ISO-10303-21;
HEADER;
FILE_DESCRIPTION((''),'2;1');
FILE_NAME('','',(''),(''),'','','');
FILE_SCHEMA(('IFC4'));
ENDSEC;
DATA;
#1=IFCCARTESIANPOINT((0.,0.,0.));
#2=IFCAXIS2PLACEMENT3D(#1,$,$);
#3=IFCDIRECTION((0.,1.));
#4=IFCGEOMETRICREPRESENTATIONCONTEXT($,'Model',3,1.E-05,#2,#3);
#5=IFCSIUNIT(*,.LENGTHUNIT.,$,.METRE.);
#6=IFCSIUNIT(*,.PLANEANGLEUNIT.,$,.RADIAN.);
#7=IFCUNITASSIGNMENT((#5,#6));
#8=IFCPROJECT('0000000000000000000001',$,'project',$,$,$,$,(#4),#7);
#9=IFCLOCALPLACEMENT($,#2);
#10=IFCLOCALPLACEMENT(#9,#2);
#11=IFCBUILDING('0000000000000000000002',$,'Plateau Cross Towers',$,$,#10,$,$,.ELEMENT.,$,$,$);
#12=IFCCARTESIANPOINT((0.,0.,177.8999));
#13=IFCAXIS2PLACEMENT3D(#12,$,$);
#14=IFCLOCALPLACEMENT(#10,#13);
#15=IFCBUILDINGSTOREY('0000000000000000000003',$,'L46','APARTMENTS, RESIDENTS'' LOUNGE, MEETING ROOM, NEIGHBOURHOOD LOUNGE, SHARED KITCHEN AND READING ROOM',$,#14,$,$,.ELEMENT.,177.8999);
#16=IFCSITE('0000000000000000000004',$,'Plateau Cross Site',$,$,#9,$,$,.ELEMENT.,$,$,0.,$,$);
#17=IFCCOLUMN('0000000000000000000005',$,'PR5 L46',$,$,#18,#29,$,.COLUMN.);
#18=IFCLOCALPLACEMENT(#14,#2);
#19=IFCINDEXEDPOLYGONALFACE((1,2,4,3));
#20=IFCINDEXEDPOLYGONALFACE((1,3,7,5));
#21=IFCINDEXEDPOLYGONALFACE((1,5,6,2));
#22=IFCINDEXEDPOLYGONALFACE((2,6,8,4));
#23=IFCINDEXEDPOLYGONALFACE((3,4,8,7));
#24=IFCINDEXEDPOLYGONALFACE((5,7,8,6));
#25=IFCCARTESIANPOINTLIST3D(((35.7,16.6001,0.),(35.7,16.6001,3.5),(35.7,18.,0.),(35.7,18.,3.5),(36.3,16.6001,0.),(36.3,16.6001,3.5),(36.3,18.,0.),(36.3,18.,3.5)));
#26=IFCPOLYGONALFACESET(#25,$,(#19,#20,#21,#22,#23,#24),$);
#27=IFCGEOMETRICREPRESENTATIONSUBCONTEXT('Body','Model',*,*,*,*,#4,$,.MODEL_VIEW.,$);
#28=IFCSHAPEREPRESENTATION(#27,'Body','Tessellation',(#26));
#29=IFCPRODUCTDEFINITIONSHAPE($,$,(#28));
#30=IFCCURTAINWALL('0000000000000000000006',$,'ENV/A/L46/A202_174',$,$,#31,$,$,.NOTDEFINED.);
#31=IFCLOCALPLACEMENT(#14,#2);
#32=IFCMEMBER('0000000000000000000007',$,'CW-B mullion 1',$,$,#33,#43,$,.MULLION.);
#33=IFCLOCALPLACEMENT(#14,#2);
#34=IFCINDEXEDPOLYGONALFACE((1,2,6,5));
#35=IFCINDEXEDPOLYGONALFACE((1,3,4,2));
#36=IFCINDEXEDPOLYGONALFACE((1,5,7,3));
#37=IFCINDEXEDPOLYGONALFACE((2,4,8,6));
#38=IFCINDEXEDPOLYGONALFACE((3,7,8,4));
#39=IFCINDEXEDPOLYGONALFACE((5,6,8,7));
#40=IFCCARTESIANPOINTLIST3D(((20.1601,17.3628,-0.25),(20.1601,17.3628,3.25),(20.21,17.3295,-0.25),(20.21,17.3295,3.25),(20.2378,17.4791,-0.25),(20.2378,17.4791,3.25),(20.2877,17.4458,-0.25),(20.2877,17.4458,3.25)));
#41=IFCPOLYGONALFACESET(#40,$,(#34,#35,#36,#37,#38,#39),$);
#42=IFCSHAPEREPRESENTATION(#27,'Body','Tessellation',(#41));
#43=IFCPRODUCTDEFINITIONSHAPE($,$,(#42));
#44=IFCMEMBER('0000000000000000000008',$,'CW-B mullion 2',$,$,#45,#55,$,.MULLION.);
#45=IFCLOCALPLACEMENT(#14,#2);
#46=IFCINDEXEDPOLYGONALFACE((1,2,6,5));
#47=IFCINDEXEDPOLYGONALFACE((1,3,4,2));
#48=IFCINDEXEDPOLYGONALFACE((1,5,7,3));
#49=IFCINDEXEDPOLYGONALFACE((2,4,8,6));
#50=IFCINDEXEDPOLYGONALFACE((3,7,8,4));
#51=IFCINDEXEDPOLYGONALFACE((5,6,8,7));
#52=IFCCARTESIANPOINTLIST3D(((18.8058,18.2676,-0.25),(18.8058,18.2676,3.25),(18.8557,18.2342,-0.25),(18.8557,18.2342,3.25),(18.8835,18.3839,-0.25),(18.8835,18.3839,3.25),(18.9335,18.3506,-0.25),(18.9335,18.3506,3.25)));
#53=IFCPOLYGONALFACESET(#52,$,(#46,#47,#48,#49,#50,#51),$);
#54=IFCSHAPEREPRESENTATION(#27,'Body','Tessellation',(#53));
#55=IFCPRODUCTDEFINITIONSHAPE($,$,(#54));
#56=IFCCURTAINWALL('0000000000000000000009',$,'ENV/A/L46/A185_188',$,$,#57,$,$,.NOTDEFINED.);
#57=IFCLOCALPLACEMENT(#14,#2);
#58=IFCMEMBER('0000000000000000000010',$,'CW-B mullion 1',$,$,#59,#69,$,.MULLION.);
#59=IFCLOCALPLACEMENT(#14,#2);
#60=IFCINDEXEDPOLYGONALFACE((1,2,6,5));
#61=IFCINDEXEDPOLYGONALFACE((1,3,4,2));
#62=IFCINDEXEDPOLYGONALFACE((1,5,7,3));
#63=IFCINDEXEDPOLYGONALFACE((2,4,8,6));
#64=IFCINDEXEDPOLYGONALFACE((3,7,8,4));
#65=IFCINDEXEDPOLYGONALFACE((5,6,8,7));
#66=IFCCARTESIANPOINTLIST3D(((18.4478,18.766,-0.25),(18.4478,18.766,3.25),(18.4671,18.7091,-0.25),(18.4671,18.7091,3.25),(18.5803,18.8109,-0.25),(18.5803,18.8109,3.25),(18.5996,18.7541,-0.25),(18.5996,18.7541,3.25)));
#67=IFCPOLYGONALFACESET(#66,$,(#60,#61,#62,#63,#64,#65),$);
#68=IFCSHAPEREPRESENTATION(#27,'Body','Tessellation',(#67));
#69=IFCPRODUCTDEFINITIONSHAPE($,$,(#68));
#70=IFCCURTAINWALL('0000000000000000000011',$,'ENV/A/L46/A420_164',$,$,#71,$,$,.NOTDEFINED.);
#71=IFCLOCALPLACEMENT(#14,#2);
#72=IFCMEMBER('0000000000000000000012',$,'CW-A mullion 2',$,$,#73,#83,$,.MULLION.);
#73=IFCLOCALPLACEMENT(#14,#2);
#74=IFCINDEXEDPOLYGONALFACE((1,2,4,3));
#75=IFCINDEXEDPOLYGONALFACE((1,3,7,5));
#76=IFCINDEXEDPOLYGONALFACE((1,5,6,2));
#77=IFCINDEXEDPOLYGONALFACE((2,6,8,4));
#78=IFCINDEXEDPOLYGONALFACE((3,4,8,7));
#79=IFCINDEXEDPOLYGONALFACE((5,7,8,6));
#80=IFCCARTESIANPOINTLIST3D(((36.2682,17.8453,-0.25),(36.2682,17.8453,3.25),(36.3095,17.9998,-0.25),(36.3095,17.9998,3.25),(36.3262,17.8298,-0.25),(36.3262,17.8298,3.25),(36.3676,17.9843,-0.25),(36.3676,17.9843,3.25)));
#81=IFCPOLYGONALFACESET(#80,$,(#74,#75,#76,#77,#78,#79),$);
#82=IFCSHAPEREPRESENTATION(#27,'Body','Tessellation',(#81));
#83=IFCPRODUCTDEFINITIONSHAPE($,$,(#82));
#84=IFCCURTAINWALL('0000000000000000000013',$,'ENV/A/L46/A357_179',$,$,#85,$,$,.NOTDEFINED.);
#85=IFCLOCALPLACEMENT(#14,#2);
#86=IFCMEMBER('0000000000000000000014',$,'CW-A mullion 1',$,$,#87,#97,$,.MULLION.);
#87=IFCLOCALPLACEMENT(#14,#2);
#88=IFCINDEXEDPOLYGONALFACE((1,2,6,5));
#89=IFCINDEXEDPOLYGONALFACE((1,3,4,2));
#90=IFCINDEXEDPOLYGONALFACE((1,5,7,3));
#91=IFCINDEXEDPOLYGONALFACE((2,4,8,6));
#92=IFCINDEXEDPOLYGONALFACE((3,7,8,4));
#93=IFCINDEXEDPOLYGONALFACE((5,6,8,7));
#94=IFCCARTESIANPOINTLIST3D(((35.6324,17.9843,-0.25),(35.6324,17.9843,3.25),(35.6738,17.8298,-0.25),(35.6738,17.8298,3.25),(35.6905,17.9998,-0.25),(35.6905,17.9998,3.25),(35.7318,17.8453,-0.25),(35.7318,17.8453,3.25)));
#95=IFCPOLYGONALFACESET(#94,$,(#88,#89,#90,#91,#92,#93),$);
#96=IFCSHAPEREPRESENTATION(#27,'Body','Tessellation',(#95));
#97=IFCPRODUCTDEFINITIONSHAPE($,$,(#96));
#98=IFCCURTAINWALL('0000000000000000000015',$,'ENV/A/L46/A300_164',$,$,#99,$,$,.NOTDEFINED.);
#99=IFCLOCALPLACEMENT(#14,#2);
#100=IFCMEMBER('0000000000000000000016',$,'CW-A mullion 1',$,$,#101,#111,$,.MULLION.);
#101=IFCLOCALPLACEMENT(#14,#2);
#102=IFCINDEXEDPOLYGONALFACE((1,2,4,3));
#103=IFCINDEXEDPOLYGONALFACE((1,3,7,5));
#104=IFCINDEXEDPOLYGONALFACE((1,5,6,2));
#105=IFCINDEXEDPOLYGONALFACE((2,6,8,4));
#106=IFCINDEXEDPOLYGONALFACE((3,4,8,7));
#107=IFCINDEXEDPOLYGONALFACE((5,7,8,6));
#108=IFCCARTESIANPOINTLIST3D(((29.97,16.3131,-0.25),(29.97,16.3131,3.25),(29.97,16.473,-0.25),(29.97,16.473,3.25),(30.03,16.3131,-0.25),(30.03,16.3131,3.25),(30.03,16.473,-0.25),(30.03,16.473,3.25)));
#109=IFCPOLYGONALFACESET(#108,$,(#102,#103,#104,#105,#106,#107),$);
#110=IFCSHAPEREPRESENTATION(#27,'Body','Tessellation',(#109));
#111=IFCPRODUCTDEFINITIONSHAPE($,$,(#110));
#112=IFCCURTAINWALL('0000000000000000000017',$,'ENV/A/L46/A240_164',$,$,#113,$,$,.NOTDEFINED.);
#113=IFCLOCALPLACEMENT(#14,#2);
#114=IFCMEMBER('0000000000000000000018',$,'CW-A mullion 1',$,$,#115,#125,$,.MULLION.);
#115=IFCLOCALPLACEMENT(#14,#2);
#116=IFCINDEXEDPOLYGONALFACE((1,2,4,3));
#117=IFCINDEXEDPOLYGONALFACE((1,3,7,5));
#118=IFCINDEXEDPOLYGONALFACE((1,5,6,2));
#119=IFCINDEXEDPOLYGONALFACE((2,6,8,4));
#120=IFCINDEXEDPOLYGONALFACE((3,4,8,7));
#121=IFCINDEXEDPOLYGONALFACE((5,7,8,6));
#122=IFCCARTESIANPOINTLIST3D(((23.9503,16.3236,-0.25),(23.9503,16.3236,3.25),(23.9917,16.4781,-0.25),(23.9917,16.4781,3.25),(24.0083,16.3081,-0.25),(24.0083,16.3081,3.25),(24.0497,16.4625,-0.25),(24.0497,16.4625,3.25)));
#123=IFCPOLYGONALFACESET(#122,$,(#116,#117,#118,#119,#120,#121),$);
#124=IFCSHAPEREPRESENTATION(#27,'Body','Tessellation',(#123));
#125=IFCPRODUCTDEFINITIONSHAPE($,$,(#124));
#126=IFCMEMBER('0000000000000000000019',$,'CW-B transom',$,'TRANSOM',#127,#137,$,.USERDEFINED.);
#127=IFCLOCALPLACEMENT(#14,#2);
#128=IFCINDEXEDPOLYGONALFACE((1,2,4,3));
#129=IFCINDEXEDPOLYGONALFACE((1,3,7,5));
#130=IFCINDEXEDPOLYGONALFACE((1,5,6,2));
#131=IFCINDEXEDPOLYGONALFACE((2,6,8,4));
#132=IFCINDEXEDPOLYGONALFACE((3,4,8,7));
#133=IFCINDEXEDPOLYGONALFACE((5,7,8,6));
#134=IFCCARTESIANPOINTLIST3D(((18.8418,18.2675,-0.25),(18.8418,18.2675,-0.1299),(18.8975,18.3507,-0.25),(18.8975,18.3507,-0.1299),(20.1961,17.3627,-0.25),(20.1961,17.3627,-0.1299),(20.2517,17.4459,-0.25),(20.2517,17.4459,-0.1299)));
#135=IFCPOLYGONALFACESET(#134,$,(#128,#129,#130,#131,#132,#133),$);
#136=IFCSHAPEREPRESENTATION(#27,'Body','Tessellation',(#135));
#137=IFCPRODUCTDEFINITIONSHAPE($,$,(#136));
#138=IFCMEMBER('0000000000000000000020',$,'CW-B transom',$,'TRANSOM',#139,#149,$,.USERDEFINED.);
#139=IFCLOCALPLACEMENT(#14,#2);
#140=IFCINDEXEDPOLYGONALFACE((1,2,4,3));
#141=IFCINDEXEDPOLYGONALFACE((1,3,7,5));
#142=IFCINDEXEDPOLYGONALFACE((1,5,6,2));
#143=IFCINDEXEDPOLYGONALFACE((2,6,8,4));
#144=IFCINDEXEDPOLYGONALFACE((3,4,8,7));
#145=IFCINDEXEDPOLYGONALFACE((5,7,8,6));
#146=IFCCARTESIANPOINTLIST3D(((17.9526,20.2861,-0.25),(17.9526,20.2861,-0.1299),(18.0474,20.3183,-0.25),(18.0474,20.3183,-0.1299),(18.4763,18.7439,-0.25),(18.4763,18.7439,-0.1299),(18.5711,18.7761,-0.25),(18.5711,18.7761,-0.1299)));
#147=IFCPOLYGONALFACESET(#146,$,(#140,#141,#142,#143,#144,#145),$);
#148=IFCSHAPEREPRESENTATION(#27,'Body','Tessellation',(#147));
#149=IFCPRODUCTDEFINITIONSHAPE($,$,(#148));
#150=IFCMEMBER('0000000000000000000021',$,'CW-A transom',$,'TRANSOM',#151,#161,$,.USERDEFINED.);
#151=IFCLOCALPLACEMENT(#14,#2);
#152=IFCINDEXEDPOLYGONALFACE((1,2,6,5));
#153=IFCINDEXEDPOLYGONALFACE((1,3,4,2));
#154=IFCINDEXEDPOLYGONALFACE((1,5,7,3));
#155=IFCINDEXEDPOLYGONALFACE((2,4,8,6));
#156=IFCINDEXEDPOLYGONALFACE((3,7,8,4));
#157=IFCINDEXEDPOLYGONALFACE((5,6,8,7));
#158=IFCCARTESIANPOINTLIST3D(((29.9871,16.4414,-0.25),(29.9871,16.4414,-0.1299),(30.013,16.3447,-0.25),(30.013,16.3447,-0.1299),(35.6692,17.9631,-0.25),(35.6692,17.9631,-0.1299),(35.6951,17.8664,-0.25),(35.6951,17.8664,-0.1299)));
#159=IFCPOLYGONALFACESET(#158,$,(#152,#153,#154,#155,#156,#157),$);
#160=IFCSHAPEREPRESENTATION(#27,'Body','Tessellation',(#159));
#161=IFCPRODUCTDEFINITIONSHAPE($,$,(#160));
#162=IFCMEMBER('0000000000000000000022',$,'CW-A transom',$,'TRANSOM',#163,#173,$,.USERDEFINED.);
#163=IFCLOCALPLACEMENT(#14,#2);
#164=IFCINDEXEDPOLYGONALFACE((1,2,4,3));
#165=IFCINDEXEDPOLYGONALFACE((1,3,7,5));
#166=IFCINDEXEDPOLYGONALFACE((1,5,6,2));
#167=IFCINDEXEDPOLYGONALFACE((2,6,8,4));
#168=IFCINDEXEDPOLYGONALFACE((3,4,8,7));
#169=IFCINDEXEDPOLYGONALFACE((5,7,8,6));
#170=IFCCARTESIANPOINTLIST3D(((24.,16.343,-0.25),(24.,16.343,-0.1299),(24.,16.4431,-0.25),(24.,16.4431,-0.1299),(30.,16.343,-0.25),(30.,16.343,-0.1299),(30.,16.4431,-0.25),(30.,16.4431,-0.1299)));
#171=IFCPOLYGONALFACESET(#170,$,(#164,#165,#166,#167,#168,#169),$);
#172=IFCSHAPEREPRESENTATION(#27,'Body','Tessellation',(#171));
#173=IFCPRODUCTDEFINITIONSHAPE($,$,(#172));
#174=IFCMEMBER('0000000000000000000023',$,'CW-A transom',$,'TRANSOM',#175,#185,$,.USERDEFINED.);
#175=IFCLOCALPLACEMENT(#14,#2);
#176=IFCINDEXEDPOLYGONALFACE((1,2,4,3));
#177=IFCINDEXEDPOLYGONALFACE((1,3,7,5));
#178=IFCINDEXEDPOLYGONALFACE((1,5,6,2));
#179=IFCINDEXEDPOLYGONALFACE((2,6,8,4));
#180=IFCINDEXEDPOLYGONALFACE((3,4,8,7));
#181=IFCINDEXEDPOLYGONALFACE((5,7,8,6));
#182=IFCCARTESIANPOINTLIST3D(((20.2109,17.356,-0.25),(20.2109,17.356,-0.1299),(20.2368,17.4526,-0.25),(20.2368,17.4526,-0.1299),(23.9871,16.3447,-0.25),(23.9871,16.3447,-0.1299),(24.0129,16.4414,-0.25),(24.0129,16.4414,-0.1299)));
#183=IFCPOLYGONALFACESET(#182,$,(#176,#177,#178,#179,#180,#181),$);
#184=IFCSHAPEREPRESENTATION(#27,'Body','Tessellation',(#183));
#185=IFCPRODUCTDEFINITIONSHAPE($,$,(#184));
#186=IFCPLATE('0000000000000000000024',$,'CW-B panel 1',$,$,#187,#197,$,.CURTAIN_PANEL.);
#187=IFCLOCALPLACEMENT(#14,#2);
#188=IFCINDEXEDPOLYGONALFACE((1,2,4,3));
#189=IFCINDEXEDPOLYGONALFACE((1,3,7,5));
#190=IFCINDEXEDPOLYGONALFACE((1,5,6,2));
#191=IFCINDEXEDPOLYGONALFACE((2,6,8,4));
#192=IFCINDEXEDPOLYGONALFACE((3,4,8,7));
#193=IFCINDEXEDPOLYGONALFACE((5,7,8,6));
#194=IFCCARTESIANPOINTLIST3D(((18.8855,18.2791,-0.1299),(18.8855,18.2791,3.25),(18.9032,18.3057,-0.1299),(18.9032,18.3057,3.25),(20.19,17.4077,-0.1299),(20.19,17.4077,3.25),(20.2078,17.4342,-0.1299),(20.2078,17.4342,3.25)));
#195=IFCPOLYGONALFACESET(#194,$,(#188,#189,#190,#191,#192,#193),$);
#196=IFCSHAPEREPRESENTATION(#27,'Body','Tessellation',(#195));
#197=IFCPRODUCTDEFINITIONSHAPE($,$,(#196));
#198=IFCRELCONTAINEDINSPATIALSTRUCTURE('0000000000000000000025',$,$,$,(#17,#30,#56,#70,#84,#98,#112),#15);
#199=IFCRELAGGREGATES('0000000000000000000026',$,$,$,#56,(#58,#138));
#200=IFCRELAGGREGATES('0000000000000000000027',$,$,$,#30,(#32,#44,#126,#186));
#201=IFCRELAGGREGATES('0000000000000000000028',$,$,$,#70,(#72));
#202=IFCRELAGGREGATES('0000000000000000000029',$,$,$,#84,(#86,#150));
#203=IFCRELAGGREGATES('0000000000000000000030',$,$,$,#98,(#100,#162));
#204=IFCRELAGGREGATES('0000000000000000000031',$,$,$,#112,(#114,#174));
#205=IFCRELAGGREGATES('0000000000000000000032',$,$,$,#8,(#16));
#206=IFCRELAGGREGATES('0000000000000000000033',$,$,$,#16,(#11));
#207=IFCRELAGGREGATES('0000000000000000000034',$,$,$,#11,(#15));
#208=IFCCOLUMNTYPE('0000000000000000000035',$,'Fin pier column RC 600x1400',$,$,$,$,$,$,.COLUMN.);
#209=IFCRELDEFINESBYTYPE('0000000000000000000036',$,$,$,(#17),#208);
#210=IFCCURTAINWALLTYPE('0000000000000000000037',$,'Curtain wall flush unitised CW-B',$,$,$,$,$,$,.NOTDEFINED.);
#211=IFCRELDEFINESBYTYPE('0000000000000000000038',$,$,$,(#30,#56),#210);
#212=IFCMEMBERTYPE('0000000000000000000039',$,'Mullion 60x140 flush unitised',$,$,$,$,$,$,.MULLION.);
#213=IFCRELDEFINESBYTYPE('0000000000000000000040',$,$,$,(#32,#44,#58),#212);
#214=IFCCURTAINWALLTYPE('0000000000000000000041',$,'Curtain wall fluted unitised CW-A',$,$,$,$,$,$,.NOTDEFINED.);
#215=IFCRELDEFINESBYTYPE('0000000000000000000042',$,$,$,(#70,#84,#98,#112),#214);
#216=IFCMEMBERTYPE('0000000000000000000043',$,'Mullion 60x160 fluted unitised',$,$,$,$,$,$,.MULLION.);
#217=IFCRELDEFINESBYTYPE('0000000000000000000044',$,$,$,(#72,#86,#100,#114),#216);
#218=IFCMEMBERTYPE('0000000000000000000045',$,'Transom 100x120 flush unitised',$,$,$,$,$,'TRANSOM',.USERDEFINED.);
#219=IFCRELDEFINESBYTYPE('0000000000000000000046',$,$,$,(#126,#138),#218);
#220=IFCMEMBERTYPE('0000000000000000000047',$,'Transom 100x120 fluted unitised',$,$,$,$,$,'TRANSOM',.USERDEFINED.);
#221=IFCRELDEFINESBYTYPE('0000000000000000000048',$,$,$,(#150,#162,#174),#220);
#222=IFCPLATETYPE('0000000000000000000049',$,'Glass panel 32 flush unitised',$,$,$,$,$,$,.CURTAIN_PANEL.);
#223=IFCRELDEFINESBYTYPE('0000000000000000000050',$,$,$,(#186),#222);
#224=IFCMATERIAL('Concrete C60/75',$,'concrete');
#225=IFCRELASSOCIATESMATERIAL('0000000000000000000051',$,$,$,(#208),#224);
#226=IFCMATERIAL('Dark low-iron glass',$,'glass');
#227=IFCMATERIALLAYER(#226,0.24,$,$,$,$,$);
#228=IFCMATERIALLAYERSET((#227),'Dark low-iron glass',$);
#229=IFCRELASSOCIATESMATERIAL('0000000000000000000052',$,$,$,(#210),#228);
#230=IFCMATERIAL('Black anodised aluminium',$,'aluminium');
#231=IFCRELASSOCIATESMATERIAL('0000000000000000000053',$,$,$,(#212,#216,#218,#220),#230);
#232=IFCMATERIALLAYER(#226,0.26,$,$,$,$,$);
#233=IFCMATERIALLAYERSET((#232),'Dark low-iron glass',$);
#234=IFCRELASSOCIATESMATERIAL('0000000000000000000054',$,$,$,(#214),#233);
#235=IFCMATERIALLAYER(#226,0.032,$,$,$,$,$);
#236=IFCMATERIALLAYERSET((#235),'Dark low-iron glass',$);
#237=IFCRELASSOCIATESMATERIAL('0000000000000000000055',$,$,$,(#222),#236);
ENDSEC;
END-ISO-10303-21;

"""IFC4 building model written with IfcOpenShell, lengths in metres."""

from ifc_helpers import new_model, si_unit, direction, frame, origin, origin_2d, place, context, subcontext, project, spatial, rectangle, extrude, material, layer, layer_set, material_profile, profile_set, type_object, element, aggregate, save


model = new_model("IFC4")

# Units and contexts
model_context = context("Model", 3, precision=1e-05, world=origin(), true_north=direction((0.0, 1.0)))
body_context = subcontext(model_context, "Body", "Model", "MODEL_VIEW")
ifc_project = project(units=[si_unit("LENGTHUNIT", "METRE"), si_unit("PLANEANGLEUNIT", "RADIAN")], contexts=[model_context])

# Site, building, storey
site_placement = place(None, origin())
site = spatial("IfcSite", under=ifc_project, at=site_placement, Name="Plateau Cross Site", CompositionType="ELEMENT", RefElevation=0.0)
building_placement = place(site_placement, origin())
building = spatial("IfcBuilding", under=site, at=building_placement, Name="Plateau Cross Towers", CompositionType="ELEMENT")
storey_placement = place(building_placement, frame((0.0, 0.0, 177.8999)))
storey = spatial("IfcBuildingStorey", under=building, at=storey_placement, Name="L46", Description="APARTMENTS, RESIDENTS' LOUNGE, MEETING ROOM, NEIGHBOURHOOD LOUNGE, SHARED KITCHEN AND READING ROOM", CompositionType="ELEMENT", Elevation=177.8999)

# Column
ifc_material_1 = material(Name="Concrete C60/75", Category="concrete")
ifc_material_profile_1 = material_profile(ifc_material_1, rectangle(XDim=0.6001, YDim=1.3999, at=origin_2d()), Name="RC 600x1400")
ifc_profile_set_1 = profile_set([ifc_material_profile_1], Name="Concrete C60/75")
column_type = type_object("IfcColumnType", Name="Fin pier column RC 600x1400", PredefinedType="COLUMN", material=ifc_profile_set_1)
column_placement = place(storey_placement, frame((36.0, 17.3, 0.0), z_axis=(0.0, 0.0, 1.0), x_axis=(1.0, 0.0, 0.0)))
element("IfcColumn", 1, at=column_placement, inside=storey, type_object=column_type, Name="PR5 L46", PredefinedType="COLUMN", context=body_context, shape_type="SweptSolid", body=[
    extrude(rectangle(XDim=0.6001, YDim=1.3999, at=origin_2d()), origin(), (0.0, 0.0, 1.0), 3.5),
])

# Curtain wall, members
ifc_material_2 = material(Name="Dark low-iron glass", Category="glass")
ifc_layer_1 = layer(ifc_material_2, 0.24)
ifc_layer_set_1 = layer_set([ifc_layer_1], Name="Dark low-iron glass")
curtain_wall_type_1 = type_object("IfcCurtainWallType", Name="Curtain wall flush unitised CW-B", PredefinedType="NOTDEFINED", material=ifc_layer_set_1)
curtain_wall_1_placement = place(storey_placement, origin())
curtain_wall_1 = element("IfcCurtainWall", 2, at=curtain_wall_1_placement, inside=storey, type_object=curtain_wall_type_1, Name="ENV/A/L46/A202_174", PredefinedType="NOTDEFINED")
ifc_material_3 = material(Name="Black anodised aluminium", Category="aluminium")
ifc_material_profile_2 = material_profile(ifc_material_3, rectangle(XDim=0.0601, YDim=0.1399, at=origin_2d()), Name="MULLION 60x140")
ifc_profile_set_2 = profile_set([ifc_material_profile_2], Name="Black anodised aluminium")
member_type_1 = type_object("IfcMemberType", Name="Mullion 60x140 flush unitised", PredefinedType="MULLION", material=ifc_profile_set_2)
member_1_placement = place(storey_placement, frame((20.2239, 17.4043, -0.25), z_axis=(0.0, 0.0, 1.0), x_axis=(-0.831521, 0.555493, 0.0)))
member_1 = element("IfcMember", 3, at=member_1_placement, type_object=member_type_1, Name="CW-B mullion 1", PredefinedType="MULLION", context=body_context, shape_type="SweptSolid", body=[
    extrude(rectangle(XDim=0.0601, YDim=0.1399, at=origin_2d()), origin(), (0.0, 0.0, 1.0), 3.5),
])
member_2_placement = place(storey_placement, frame((18.8696, 18.3091, -0.25), z_axis=(0.0, 0.0, 1.0), x_axis=(-0.831521, 0.555493, 0.0)))
member_2 = element("IfcMember", 4, at=member_2_placement, type_object=member_type_1, Name="CW-B mullion 2", PredefinedType="MULLION", context=body_context, shape_type="SweptSolid", body=[
    extrude(rectangle(XDim=0.0601, YDim=0.1399, at=origin_2d()), origin(), (0.0, 0.0, 1.0), 3.5),
])

# Curtain walls, members
curtain_wall_2_placement = place(storey_placement, origin())
curtain_wall_2 = element("IfcCurtainWall", 5, at=curtain_wall_2_placement, inside=storey, type_object=curtain_wall_type_1, Name="ENV/A/L46/A185_188", PredefinedType="NOTDEFINED")
member_3_placement = place(storey_placement, frame((18.5237, 18.76, -0.25), z_axis=(0.0, 0.0, 1.0), x_axis=(-0.321469, 0.94692, 0.0)))
member_3 = element("IfcMember", 6, at=member_3_placement, type_object=member_type_1, Name="CW-B mullion 1", PredefinedType="MULLION", context=body_context, shape_type="SweptSolid", body=[
    extrude(rectangle(XDim=0.0601, YDim=0.1399, at=origin_2d()), origin(), (0.0, 0.0, 1.0), 3.5),
])
ifc_layer_2 = layer(ifc_material_2, 0.26)
ifc_layer_set_2 = layer_set([ifc_layer_2], Name="Dark low-iron glass")
curtain_wall_type_2 = type_object("IfcCurtainWallType", Name="Curtain wall fluted unitised CW-A", PredefinedType="NOTDEFINED", material=ifc_layer_set_2)
curtain_wall_3_placement = place(storey_placement, origin())
curtain_wall_3 = element("IfcCurtainWall", 7, at=curtain_wall_3_placement, inside=storey, type_object=curtain_wall_type_2, Name="ENV/A/L46/A420_164", PredefinedType="NOTDEFINED")
ifc_material_profile_3 = material_profile(ifc_material_3, rectangle(XDim=0.0601, YDim=0.1599, at=origin_2d()), Name="MULLION 60x160")
ifc_profile_set_3 = profile_set([ifc_material_profile_3], Name="Black anodised aluminium")
member_type_2 = type_object("IfcMemberType", Name="Mullion 60x160 fluted unitised", PredefinedType="MULLION", material=ifc_profile_set_3)
member_4_placement = place(storey_placement, frame((36.3179, 17.9148, -0.25), z_axis=(0.0, 0.0, 1.0), x_axis=(-0.965958, 0.258699, 0.0)))
member_4 = element("IfcMember", 8, at=member_4_placement, type_object=member_type_2, Name="CW-A mullion 2", PredefinedType="MULLION", context=body_context, shape_type="SweptSolid", body=[
    extrude(rectangle(XDim=0.0601, YDim=0.1599, at=origin_2d()), origin(), (0.0, 0.0, 1.0), 3.5),
])
curtain_wall_4_placement = place(storey_placement, origin())
curtain_wall_4 = element("IfcCurtainWall", 9, at=curtain_wall_4_placement, inside=storey, type_object=curtain_wall_type_2, Name="ENV/A/L46/A357_179", PredefinedType="NOTDEFINED")
member_5_placement = place(storey_placement, frame((35.6821, 17.9148, -0.25), z_axis=(0.0, 0.0, 1.0), x_axis=(-0.965958, -0.258699, 0.0)))
member_5 = element("IfcMember", 10, at=member_5_placement, type_object=member_type_2, Name="CW-A mullion 1", PredefinedType="MULLION", context=body_context, shape_type="SweptSolid", body=[
    extrude(rectangle(XDim=0.0601, YDim=0.1599, at=origin_2d()), origin(), (0.0, 0.0, 1.0), 3.5),
])
curtain_wall_5_placement = place(storey_placement, origin())
curtain_wall_5 = element("IfcCurtainWall", 11, at=curtain_wall_5_placement, inside=storey, type_object=curtain_wall_type_2, Name="ENV/A/L46/A300_164", PredefinedType="NOTDEFINED")
member_6_placement = place(storey_placement, frame((30.0, 16.3931, -0.25), z_axis=(0.0, 0.0, 1.0), x_axis=(-1.0, 0.0, 0.0)))
member_6 = element("IfcMember", 12, at=member_6_placement, type_object=member_type_2, Name="CW-A mullion 1", PredefinedType="MULLION", context=body_context, shape_type="SweptSolid", body=[
    extrude(rectangle(XDim=0.0601, YDim=0.1599, at=origin_2d()), origin(), (0.0, 0.0, 1.0), 3.5),
])
curtain_wall_6_placement = place(storey_placement, origin())
curtain_wall_6 = element("IfcCurtainWall", 13, at=curtain_wall_6_placement, inside=storey, type_object=curtain_wall_type_2, Name="ENV/A/L46/A240_164", PredefinedType="NOTDEFINED")
member_7_placement = place(storey_placement, frame((24.0, 16.3931, -0.25), z_axis=(0.0, 0.0, 1.0), x_axis=(-0.965958, 0.258699, 0.0)))
member_7 = element("IfcMember", 14, at=member_7_placement, type_object=member_type_2, Name="CW-A mullion 1", PredefinedType="MULLION", context=body_context, shape_type="SweptSolid", body=[
    extrude(rectangle(XDim=0.0601, YDim=0.1599, at=origin_2d()), origin(), (0.0, 0.0, 1.0), 3.5),
])

# Members
ifc_material_profile_4 = material_profile(ifc_material_3, rectangle(XDim=0.1001, YDim=0.1201, at=origin_2d()), Name="TRANSOM 100x120")
ifc_profile_set_4 = profile_set([ifc_material_profile_4], Name="Black anodised aluminium")
member_type_3 = type_object("IfcMemberType", Name="Transom 100x120 flush unitised", ElementType="TRANSOM", PredefinedType="USERDEFINED", material=ifc_profile_set_4)
member_8_placement = place(storey_placement, frame((20.2239, 17.4043, -0.1899), z_axis=(-0.831496, 0.55553, 0.0), x_axis=(-0.55553, -0.831496, 0.0)))
member_8 = element("IfcMember", 15, at=member_8_placement, type_object=member_type_3, Name="CW-B transom", ObjectType="TRANSOM", PredefinedType="USERDEFINED", context=body_context, shape_type="SweptSolid", body=[
    extrude(rectangle(XDim=0.1001, YDim=0.1201, at=origin_2d()), origin(), (0.0, 0.0, 1.0), 1.6287),
])
member_9_placement = place(storey_placement, frame((18.5237, 18.76, -0.1899), z_axis=(-0.321529, 0.9469, 0.0), x_axis=(-0.9469, -0.321529, 0.0)))
member_9 = element("IfcMember", 16, at=member_9_placement, type_object=member_type_3, Name="CW-B transom", ObjectType="TRANSOM", PredefinedType="USERDEFINED", context=body_context, shape_type="SweptSolid", body=[
    extrude(rectangle(XDim=0.1001, YDim=0.1201, at=origin_2d()), origin(), (0.0, 0.0, 1.0), 1.6287),
])
aggregate(curtain_wall_2, [member_3, member_9])
ifc_material_profile_5 = material_profile(ifc_material_3, rectangle(XDim=0.1001, YDim=0.1201, at=origin_2d()), Name="TRANSOM 100x120")
ifc_profile_set_5 = profile_set([ifc_material_profile_5], Name="Black anodised aluminium")
member_type_4 = type_object("IfcMemberType", Name="Transom 100x120 fluted unitised", ElementType="TRANSOM", PredefinedType="USERDEFINED", material=ifc_profile_set_5)
member_10_placement = place(storey_placement, frame((35.6821, 17.9148, -0.1899), z_axis=(-0.96596, -0.258693, 0.0), x_axis=(0.258693, -0.96596, 0.0)))
member_10 = element("IfcMember", 17, at=member_10_placement, type_object=member_type_4, Name="CW-A transom", ObjectType="TRANSOM", PredefinedType="USERDEFINED", context=body_context, shape_type="SweptSolid", body=[
    extrude(rectangle(XDim=0.1001, YDim=0.1201, at=origin_2d()), origin(), (0.0, 0.0, 1.0), 5.8823),
])
member_11_placement = place(storey_placement, frame((30.0, 16.3931, -0.1899), z_axis=(-1.0, 0.0, 0.0), x_axis=(0.0, -1.0, 0.0)))
member_11 = element("IfcMember", 18, at=member_11_placement, type_object=member_type_4, Name="CW-A transom", ObjectType="TRANSOM", PredefinedType="USERDEFINED", context=body_context, shape_type="SweptSolid", body=[
    extrude(rectangle(XDim=0.1001, YDim=0.1201, at=origin_2d()), origin(), (0.0, 0.0, 1.0), 6.0),
])
member_12_placement = place(storey_placement, frame((24.0, 16.3931, -0.1899), z_axis=(-0.965963, 0.258681, 0.0), x_axis=(-0.258681, -0.965963, 0.0)))
member_12 = element("IfcMember", 19, at=member_12_placement, type_object=member_type_4, Name="CW-A transom", ObjectType="TRANSOM", PredefinedType="USERDEFINED", context=body_context, shape_type="SweptSolid", body=[
    extrude(rectangle(XDim=0.1001, YDim=0.1201, at=origin_2d()), origin(), (0.0, 0.0, 1.0), 3.9092),
])

# Plate
ifc_layer_3 = layer(ifc_material_2, 0.032)
ifc_layer_set_3 = layer_set([ifc_layer_3], Name="Dark low-iron glass")
plate_type_1 = type_object("IfcPlateType", Name="Glass panel 32 flush unitised", PredefinedType="CURTAIN_PANEL", material=ifc_layer_set_3)
plate_1_placement = place(storey_placement, frame((19.5466, 17.8567, -0.1299), z_axis=(0.0, 0.0, 1.0), x_axis=(-0.831521, 0.555493, 0.0)))
plate_1 = element("IfcPlate", 20, at=plate_1_placement, type_object=plate_type_1, Name="CW-B panel 1", PredefinedType="CURTAIN_PANEL", context=body_context, shape_type="SweptSolid", body=[
    extrude(rectangle(XDim=1.5688, YDim=0.032, at=origin_2d()), origin(), (0.0, 0.0, 1.0), 3.3799),
])
aggregate(curtain_wall_1, [member_1, member_2, member_8, plate_1])
aggregate(curtain_wall_3, [member_4])
aggregate(curtain_wall_4, [member_5, member_10])
aggregate(curtain_wall_5, [member_6, member_11])
aggregate(curtain_wall_6, [member_7, member_12])

save(model, "model.ifc")
